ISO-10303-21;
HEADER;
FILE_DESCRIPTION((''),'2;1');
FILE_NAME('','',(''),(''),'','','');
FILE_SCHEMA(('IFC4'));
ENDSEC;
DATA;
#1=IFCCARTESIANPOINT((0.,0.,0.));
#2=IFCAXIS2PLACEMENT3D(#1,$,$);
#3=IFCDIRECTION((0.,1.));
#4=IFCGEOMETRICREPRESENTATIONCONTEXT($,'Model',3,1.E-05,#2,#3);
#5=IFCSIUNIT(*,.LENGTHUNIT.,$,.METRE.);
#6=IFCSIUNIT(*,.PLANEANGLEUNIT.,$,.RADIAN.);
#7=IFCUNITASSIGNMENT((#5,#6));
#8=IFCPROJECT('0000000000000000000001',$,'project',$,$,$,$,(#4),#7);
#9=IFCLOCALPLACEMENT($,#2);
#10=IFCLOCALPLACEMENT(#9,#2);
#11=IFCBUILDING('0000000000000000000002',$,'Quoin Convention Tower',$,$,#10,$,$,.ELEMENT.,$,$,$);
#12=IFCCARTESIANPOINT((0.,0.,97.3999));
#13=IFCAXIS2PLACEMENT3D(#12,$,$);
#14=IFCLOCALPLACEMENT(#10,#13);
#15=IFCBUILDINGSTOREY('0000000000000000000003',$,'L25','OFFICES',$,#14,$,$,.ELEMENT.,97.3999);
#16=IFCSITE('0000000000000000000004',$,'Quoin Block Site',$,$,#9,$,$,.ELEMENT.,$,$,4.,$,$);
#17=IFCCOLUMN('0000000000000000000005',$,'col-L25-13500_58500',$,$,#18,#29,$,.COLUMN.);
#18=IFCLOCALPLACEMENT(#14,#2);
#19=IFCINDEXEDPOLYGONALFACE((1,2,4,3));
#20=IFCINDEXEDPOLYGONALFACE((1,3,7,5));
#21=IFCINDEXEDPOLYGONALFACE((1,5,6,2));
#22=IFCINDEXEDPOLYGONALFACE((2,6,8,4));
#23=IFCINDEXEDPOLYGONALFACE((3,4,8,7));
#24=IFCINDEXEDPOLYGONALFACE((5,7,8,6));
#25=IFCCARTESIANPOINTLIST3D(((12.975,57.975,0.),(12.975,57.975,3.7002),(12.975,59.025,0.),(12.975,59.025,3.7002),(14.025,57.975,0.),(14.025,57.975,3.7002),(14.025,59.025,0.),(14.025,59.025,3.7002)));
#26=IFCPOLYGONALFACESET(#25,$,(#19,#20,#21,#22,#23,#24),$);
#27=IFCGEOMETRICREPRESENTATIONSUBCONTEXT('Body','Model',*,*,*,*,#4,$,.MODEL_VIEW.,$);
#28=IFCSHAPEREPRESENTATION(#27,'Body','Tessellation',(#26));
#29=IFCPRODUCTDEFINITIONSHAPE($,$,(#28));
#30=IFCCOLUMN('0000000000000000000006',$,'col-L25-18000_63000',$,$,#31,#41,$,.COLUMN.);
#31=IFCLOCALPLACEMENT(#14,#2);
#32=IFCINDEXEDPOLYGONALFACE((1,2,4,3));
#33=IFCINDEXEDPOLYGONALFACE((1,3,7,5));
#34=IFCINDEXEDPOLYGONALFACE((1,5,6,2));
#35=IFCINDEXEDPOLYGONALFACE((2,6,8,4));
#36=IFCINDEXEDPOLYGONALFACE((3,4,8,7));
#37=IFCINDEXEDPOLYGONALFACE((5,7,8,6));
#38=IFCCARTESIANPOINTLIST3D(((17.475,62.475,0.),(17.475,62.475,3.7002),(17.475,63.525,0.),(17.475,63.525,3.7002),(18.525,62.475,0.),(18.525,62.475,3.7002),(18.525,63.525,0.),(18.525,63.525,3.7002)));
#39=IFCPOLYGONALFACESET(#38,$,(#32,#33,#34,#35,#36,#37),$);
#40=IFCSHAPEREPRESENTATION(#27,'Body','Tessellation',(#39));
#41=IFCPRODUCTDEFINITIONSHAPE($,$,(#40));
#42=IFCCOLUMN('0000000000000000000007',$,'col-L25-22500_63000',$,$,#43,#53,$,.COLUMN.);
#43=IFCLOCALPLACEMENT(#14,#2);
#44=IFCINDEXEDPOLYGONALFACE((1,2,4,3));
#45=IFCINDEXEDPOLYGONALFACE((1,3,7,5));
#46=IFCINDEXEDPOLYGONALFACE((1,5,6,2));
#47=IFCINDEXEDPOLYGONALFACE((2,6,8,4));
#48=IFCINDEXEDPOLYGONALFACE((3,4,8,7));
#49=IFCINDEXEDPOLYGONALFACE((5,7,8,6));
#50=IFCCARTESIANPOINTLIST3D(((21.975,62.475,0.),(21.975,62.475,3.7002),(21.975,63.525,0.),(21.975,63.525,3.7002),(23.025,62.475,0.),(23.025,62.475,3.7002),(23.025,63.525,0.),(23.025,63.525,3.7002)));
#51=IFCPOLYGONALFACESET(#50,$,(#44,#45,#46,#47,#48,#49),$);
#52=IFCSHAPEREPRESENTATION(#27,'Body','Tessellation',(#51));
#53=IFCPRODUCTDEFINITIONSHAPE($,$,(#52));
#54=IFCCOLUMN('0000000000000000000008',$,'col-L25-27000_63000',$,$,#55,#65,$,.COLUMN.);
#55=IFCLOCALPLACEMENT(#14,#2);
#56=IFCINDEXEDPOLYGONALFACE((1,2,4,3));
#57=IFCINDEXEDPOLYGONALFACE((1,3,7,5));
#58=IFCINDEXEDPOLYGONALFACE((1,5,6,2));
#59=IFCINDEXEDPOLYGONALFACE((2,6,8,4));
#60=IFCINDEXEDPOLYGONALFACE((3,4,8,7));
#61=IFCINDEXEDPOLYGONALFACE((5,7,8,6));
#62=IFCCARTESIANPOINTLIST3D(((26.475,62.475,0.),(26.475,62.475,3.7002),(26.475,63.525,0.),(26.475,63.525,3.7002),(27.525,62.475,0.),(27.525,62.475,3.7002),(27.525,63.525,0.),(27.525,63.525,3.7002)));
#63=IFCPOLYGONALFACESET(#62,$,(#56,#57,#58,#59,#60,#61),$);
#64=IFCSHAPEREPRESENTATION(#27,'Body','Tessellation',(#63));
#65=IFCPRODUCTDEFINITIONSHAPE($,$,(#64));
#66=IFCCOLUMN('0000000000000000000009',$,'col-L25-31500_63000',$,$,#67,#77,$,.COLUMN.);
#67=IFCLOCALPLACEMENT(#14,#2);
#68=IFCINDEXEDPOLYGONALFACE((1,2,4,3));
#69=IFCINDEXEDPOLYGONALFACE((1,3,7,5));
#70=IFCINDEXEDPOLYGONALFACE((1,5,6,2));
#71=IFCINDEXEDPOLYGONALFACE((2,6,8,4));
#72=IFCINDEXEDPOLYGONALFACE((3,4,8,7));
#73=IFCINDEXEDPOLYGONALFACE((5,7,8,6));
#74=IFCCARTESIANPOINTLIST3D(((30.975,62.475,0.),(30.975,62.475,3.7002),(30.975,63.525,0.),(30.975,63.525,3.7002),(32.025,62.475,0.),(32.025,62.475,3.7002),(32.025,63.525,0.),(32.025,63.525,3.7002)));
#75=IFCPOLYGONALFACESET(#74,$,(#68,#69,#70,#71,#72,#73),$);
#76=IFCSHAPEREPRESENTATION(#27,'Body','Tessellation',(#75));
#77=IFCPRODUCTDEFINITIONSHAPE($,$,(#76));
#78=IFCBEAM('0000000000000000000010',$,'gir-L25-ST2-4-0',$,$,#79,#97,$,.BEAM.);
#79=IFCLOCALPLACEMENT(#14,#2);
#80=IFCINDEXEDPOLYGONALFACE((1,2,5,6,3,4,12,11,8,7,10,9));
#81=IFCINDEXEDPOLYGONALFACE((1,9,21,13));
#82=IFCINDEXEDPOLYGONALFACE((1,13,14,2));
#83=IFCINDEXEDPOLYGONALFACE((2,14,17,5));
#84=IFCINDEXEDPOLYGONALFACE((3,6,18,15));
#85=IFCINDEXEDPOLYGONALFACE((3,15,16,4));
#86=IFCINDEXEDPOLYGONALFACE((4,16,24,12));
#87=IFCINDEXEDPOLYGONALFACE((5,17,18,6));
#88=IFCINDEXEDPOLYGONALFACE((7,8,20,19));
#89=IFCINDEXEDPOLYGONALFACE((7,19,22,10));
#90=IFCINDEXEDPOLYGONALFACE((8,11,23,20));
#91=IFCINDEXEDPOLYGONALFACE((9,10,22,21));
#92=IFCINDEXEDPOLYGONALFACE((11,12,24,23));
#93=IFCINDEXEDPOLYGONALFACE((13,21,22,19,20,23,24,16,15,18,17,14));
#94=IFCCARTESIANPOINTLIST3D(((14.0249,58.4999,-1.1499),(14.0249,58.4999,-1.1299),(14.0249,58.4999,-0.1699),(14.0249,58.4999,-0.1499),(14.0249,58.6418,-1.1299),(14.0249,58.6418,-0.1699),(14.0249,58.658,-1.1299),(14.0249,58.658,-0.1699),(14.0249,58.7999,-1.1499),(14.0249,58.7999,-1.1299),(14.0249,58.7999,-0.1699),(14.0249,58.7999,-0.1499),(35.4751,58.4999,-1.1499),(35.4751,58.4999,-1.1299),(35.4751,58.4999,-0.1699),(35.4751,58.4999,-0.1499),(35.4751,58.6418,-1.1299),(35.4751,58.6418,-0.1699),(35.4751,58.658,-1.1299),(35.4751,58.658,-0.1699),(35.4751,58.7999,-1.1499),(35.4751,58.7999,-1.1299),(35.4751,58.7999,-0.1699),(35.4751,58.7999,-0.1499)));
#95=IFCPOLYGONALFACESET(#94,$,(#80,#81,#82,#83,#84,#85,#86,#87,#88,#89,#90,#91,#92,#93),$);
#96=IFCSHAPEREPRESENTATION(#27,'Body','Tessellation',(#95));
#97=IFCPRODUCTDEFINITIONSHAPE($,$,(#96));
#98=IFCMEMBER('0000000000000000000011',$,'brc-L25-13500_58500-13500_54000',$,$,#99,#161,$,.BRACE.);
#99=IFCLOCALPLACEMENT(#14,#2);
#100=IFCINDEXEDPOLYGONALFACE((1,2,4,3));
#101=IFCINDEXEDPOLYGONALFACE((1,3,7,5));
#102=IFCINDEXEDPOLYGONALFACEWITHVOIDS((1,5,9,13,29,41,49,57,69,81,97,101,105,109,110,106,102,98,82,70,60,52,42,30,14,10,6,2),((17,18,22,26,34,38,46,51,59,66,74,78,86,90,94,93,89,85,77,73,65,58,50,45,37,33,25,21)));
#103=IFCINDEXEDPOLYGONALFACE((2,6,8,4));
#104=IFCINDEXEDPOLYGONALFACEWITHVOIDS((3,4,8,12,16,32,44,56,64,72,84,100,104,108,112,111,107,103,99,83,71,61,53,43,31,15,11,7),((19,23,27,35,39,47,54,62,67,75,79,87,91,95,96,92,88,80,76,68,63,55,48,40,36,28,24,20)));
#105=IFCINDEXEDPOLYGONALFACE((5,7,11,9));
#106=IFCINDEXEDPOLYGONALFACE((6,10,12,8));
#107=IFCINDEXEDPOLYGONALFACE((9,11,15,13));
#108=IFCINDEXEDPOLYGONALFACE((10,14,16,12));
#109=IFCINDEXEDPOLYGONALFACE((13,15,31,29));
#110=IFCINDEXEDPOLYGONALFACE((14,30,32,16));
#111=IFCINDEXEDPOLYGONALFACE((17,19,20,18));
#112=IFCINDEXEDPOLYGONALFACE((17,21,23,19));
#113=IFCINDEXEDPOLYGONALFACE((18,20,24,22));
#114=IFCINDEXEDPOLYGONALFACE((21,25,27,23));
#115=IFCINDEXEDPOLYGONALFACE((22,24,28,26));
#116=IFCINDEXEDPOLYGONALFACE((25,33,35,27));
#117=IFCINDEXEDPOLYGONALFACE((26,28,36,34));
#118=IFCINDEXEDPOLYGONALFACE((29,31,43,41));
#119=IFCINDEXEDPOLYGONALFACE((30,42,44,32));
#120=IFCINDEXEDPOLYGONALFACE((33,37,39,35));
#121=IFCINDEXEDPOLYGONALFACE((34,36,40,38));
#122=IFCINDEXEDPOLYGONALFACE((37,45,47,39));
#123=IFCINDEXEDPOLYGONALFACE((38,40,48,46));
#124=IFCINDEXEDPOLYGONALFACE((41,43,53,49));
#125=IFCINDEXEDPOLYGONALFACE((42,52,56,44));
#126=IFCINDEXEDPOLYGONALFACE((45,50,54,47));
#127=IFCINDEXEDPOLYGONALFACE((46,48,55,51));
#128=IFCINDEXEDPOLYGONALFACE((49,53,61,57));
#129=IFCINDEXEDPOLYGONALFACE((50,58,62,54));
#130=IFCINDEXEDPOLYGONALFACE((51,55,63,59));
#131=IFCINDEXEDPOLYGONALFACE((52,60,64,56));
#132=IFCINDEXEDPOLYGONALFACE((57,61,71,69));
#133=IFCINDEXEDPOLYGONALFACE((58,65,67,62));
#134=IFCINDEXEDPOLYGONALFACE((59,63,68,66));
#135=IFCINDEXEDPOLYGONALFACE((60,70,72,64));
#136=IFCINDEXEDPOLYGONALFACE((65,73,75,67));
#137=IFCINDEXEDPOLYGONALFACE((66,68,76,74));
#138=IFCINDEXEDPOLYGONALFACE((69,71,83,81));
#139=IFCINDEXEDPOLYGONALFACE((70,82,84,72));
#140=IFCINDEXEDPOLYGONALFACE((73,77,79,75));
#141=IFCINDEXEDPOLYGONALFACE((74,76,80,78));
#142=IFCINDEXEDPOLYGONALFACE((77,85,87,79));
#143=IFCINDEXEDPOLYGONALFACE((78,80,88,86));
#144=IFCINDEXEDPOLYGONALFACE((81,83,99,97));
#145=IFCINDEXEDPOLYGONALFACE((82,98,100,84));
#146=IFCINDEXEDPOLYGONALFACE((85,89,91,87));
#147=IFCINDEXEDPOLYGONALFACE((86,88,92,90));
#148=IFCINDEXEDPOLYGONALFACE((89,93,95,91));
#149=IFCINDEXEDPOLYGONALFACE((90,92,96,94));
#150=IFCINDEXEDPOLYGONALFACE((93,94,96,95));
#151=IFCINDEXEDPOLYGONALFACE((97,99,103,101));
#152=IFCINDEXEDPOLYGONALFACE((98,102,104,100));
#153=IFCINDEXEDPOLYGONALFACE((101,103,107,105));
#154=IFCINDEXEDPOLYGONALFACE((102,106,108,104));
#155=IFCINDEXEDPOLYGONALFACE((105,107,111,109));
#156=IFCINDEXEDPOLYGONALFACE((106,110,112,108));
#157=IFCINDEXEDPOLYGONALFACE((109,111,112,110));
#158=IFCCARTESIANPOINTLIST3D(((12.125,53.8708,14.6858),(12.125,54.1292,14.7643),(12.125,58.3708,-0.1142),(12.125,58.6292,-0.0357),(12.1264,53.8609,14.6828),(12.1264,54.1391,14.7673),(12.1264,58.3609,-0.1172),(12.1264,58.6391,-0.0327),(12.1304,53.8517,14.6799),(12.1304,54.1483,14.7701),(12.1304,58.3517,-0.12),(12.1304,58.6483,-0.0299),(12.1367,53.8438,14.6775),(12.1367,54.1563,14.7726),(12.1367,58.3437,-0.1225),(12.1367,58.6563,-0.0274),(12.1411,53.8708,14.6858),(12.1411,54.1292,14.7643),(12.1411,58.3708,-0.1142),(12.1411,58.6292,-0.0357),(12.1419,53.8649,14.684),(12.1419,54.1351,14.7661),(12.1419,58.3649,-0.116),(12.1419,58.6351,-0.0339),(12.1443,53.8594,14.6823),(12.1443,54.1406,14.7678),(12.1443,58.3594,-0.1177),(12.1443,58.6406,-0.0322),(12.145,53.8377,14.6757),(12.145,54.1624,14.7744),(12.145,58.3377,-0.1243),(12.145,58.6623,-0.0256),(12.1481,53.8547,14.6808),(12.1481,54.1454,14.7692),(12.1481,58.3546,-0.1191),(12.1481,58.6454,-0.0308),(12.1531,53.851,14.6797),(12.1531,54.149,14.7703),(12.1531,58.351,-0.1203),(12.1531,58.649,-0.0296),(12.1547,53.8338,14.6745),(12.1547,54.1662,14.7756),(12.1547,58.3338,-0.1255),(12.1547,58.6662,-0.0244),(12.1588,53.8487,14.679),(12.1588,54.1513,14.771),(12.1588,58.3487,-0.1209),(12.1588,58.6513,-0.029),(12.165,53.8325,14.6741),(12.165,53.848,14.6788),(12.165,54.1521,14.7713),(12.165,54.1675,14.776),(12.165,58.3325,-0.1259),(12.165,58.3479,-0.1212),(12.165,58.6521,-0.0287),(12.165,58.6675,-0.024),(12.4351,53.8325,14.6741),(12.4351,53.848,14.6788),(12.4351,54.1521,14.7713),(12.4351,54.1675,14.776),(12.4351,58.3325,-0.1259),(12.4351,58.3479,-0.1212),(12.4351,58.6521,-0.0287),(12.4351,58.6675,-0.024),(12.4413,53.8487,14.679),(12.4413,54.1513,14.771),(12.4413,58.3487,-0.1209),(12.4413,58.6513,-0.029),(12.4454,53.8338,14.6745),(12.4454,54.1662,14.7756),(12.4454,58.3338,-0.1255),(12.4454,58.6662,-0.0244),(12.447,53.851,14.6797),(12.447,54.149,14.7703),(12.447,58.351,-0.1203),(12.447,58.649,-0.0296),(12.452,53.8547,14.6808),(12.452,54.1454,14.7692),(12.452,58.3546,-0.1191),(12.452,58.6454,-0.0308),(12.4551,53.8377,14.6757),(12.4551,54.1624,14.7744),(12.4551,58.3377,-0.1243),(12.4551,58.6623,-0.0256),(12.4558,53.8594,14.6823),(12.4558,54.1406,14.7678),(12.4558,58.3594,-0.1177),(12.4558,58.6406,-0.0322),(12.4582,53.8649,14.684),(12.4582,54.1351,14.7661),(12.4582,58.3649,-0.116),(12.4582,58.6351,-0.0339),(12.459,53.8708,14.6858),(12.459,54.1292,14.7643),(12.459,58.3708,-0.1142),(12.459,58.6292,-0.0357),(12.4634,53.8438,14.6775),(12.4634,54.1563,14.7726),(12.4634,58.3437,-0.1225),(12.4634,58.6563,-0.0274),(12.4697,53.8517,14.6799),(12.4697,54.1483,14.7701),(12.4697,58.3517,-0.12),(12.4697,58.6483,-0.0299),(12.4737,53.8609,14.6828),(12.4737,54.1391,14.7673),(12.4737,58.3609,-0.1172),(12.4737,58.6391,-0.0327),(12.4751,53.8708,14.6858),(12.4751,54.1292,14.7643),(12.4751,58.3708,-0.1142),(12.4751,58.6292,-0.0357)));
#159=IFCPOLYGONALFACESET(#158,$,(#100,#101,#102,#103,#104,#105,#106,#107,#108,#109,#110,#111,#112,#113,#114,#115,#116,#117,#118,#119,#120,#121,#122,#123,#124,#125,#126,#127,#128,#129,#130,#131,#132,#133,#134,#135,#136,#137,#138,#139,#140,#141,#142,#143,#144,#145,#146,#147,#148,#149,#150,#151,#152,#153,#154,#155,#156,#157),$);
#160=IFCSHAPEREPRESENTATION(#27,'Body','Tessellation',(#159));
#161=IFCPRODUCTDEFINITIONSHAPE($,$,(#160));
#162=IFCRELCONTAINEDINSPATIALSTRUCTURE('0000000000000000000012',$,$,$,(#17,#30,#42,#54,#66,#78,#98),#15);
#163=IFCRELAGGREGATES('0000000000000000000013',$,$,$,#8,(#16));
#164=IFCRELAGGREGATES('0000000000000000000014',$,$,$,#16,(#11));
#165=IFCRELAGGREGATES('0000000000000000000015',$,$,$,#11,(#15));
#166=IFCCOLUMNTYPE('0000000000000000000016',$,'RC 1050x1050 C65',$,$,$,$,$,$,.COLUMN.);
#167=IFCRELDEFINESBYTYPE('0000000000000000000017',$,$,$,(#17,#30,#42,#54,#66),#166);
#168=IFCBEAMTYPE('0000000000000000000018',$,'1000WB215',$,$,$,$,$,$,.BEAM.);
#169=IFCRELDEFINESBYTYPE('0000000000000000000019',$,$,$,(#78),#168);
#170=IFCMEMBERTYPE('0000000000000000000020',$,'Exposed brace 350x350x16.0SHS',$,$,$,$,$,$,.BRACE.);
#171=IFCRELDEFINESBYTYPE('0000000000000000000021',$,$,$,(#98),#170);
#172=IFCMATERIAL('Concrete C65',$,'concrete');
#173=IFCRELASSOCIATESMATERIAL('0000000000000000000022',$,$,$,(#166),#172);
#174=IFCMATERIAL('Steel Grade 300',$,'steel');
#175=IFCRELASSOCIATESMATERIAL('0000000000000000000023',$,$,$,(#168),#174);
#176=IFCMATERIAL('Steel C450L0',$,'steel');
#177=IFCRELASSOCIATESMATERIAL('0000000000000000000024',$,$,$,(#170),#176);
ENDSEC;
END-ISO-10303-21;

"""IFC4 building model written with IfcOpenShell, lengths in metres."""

from ifc_helpers import new_model, si_unit, direction, frame, origin, origin_2d, place, context, subcontext, project, spatial, rectangle, hollow_rectangle, i_section, extrude, material, material_profile, profile_set, type_object, element, save


model = new_model("IFC4")

# Units and contexts
model_context = context("Model", 3, precision=1e-05, world=origin(), true_north=direction((0.0, 1.0)))
body_context = subcontext(model_context, "Body", "Model", "MODEL_VIEW")
ifc_project = project(units=[si_unit("LENGTHUNIT", "METRE"), si_unit("PLANEANGLEUNIT", "RADIAN")], contexts=[model_context])

# Site, building, storey
site_placement = place(None, origin())
site = spatial("IfcSite", under=ifc_project, at=site_placement, Name="Quoin Block Site", CompositionType="ELEMENT", RefElevation=4.0)
building_placement = place(site_placement, origin())
building = spatial("IfcBuilding", under=site, at=building_placement, Name="Quoin Convention Tower", CompositionType="ELEMENT")
storey_placement = place(building_placement, frame((0.0, 0.0, 97.3999)))
storey = spatial("IfcBuildingStorey", under=building, at=storey_placement, Name="L25", Description="OFFICES", CompositionType="ELEMENT", Elevation=97.3999)

# Columns
ifc_material_1 = material(Name="Concrete C65", Category="concrete")
ifc_material_profile_1 = material_profile(ifc_material_1, rectangle(XDim=1.05, YDim=1.05, at=origin_2d()), Name="RC 1050x1050")
ifc_profile_set_1 = profile_set([ifc_material_profile_1], Name="Concrete C65")
column_type = type_object("IfcColumnType", Name="RC 1050x1050 C65", PredefinedType="COLUMN", material=ifc_profile_set_1)
for number, where, z_axis, x_axis, name in (
    (1, (13.5, 58.5, 0.0), (0.0, 0.0, 1.0), (1.0, 0.0, 0.0), "col-L25-13500_58500"),
    (2, (18.0, 63.0, 0.0), (0.0, 0.0, 1.0), (1.0, 0.0, 0.0), "col-L25-18000_63000"),
    (3, (22.5, 63.0, 0.0), (0.0, 0.0, 1.0), (1.0, 0.0, 0.0), "col-L25-22500_63000"),
    (4, (27.0, 63.0, 0.0), (0.0, 0.0, 1.0), (1.0, 0.0, 0.0), "col-L25-27000_63000"),
    (5, (31.5, 63.0, 0.0), (0.0, 0.0, 1.0), (1.0, 0.0, 0.0), "col-L25-31500_63000"),
):
    element("IfcColumn", number, at=place(storey_placement, frame(where, z_axis=z_axis, x_axis=x_axis)), inside=storey, type_object=column_type, Name=name, PredefinedType="COLUMN", context=body_context, shape_type="SweptSolid", body=[
        extrude(rectangle(XDim=1.05, YDim=1.05, at=origin_2d()), origin(), (0.0, 0.0, 1.0), 3.7002),
    ])

# Beam
ifc_material_2 = material(Name="Steel Grade 300", Category="steel")
ifc_material_profile_2 = material_profile(ifc_material_2, i_section(OverallWidth=0.3, OverallDepth=1.0, WebThickness=0.0161, FlangeThickness=0.02, at=origin_2d()), Name="1000WB215")
ifc_profile_set_2 = profile_set([ifc_material_profile_2], Name="Steel Grade 300")
beam_type_1 = type_object("IfcBeamType", Name="1000WB215", PredefinedType="BEAM", material=ifc_profile_set_2)
beam_1_placement = place(storey_placement, frame((14.0249, 58.6499, -0.6499), z_axis=(1.0, 0.0, 0.0), x_axis=(0.0, 1.0, 0.0)))
element("IfcBeam", 6, at=beam_1_placement, inside=storey, type_object=beam_type_1, Name="gir-L25-ST2-4-0", PredefinedType="BEAM", context=body_context, shape_type="SweptSolid", body=[
    extrude(i_section(OverallWidth=0.3, OverallDepth=1.0, WebThickness=0.0161, FlangeThickness=0.02, at=origin_2d()), origin(), (0.0, 0.0, 1.0), 21.4502),
])

# Member
ifc_material_3 = material(Name="Steel C450L0", Category="steel")
ifc_material_profile_3 = material_profile(ifc_material_3, hollow_rectangle(XDim=0.3501, YDim=0.3501, WallThickness=0.0161, InnerFilletRadius=0.0239, OuterFilletRadius=0.04, at=origin_2d()), Name="350x350x16.0SHS")
ifc_profile_set_3 = profile_set([ifc_material_profile_3], Name="Steel C450L0")
member_type = type_object("IfcMemberType", Name="Exposed brace 350x350x16.0SHS", PredefinedType="BRACE", material=ifc_profile_set_3)
for number, where, z_axis, x_axis, name in (
    (7, (12.3, 58.5, -0.075), (0.0, -0.290903, 0.956752), (1.0, 0.0, 0.0), "brc-L25-13500_58500-13500_54000"),
):
    element("IfcMember", number, at=place(storey_placement, frame(where, z_axis=z_axis, x_axis=x_axis)), inside=storey, type_object=member_type, Name=name, PredefinedType="BRACE", context=body_context, shape_type="SweptSolid", body=[
        extrude(hollow_rectangle(XDim=0.3501, YDim=0.3501, WallThickness=0.0161, InnerFilletRadius=0.0239, OuterFilletRadius=0.04, at=origin_2d()), origin(), (0.0, 0.0, 1.0), 15.469),
    ])

save(model, "model.ifc")
